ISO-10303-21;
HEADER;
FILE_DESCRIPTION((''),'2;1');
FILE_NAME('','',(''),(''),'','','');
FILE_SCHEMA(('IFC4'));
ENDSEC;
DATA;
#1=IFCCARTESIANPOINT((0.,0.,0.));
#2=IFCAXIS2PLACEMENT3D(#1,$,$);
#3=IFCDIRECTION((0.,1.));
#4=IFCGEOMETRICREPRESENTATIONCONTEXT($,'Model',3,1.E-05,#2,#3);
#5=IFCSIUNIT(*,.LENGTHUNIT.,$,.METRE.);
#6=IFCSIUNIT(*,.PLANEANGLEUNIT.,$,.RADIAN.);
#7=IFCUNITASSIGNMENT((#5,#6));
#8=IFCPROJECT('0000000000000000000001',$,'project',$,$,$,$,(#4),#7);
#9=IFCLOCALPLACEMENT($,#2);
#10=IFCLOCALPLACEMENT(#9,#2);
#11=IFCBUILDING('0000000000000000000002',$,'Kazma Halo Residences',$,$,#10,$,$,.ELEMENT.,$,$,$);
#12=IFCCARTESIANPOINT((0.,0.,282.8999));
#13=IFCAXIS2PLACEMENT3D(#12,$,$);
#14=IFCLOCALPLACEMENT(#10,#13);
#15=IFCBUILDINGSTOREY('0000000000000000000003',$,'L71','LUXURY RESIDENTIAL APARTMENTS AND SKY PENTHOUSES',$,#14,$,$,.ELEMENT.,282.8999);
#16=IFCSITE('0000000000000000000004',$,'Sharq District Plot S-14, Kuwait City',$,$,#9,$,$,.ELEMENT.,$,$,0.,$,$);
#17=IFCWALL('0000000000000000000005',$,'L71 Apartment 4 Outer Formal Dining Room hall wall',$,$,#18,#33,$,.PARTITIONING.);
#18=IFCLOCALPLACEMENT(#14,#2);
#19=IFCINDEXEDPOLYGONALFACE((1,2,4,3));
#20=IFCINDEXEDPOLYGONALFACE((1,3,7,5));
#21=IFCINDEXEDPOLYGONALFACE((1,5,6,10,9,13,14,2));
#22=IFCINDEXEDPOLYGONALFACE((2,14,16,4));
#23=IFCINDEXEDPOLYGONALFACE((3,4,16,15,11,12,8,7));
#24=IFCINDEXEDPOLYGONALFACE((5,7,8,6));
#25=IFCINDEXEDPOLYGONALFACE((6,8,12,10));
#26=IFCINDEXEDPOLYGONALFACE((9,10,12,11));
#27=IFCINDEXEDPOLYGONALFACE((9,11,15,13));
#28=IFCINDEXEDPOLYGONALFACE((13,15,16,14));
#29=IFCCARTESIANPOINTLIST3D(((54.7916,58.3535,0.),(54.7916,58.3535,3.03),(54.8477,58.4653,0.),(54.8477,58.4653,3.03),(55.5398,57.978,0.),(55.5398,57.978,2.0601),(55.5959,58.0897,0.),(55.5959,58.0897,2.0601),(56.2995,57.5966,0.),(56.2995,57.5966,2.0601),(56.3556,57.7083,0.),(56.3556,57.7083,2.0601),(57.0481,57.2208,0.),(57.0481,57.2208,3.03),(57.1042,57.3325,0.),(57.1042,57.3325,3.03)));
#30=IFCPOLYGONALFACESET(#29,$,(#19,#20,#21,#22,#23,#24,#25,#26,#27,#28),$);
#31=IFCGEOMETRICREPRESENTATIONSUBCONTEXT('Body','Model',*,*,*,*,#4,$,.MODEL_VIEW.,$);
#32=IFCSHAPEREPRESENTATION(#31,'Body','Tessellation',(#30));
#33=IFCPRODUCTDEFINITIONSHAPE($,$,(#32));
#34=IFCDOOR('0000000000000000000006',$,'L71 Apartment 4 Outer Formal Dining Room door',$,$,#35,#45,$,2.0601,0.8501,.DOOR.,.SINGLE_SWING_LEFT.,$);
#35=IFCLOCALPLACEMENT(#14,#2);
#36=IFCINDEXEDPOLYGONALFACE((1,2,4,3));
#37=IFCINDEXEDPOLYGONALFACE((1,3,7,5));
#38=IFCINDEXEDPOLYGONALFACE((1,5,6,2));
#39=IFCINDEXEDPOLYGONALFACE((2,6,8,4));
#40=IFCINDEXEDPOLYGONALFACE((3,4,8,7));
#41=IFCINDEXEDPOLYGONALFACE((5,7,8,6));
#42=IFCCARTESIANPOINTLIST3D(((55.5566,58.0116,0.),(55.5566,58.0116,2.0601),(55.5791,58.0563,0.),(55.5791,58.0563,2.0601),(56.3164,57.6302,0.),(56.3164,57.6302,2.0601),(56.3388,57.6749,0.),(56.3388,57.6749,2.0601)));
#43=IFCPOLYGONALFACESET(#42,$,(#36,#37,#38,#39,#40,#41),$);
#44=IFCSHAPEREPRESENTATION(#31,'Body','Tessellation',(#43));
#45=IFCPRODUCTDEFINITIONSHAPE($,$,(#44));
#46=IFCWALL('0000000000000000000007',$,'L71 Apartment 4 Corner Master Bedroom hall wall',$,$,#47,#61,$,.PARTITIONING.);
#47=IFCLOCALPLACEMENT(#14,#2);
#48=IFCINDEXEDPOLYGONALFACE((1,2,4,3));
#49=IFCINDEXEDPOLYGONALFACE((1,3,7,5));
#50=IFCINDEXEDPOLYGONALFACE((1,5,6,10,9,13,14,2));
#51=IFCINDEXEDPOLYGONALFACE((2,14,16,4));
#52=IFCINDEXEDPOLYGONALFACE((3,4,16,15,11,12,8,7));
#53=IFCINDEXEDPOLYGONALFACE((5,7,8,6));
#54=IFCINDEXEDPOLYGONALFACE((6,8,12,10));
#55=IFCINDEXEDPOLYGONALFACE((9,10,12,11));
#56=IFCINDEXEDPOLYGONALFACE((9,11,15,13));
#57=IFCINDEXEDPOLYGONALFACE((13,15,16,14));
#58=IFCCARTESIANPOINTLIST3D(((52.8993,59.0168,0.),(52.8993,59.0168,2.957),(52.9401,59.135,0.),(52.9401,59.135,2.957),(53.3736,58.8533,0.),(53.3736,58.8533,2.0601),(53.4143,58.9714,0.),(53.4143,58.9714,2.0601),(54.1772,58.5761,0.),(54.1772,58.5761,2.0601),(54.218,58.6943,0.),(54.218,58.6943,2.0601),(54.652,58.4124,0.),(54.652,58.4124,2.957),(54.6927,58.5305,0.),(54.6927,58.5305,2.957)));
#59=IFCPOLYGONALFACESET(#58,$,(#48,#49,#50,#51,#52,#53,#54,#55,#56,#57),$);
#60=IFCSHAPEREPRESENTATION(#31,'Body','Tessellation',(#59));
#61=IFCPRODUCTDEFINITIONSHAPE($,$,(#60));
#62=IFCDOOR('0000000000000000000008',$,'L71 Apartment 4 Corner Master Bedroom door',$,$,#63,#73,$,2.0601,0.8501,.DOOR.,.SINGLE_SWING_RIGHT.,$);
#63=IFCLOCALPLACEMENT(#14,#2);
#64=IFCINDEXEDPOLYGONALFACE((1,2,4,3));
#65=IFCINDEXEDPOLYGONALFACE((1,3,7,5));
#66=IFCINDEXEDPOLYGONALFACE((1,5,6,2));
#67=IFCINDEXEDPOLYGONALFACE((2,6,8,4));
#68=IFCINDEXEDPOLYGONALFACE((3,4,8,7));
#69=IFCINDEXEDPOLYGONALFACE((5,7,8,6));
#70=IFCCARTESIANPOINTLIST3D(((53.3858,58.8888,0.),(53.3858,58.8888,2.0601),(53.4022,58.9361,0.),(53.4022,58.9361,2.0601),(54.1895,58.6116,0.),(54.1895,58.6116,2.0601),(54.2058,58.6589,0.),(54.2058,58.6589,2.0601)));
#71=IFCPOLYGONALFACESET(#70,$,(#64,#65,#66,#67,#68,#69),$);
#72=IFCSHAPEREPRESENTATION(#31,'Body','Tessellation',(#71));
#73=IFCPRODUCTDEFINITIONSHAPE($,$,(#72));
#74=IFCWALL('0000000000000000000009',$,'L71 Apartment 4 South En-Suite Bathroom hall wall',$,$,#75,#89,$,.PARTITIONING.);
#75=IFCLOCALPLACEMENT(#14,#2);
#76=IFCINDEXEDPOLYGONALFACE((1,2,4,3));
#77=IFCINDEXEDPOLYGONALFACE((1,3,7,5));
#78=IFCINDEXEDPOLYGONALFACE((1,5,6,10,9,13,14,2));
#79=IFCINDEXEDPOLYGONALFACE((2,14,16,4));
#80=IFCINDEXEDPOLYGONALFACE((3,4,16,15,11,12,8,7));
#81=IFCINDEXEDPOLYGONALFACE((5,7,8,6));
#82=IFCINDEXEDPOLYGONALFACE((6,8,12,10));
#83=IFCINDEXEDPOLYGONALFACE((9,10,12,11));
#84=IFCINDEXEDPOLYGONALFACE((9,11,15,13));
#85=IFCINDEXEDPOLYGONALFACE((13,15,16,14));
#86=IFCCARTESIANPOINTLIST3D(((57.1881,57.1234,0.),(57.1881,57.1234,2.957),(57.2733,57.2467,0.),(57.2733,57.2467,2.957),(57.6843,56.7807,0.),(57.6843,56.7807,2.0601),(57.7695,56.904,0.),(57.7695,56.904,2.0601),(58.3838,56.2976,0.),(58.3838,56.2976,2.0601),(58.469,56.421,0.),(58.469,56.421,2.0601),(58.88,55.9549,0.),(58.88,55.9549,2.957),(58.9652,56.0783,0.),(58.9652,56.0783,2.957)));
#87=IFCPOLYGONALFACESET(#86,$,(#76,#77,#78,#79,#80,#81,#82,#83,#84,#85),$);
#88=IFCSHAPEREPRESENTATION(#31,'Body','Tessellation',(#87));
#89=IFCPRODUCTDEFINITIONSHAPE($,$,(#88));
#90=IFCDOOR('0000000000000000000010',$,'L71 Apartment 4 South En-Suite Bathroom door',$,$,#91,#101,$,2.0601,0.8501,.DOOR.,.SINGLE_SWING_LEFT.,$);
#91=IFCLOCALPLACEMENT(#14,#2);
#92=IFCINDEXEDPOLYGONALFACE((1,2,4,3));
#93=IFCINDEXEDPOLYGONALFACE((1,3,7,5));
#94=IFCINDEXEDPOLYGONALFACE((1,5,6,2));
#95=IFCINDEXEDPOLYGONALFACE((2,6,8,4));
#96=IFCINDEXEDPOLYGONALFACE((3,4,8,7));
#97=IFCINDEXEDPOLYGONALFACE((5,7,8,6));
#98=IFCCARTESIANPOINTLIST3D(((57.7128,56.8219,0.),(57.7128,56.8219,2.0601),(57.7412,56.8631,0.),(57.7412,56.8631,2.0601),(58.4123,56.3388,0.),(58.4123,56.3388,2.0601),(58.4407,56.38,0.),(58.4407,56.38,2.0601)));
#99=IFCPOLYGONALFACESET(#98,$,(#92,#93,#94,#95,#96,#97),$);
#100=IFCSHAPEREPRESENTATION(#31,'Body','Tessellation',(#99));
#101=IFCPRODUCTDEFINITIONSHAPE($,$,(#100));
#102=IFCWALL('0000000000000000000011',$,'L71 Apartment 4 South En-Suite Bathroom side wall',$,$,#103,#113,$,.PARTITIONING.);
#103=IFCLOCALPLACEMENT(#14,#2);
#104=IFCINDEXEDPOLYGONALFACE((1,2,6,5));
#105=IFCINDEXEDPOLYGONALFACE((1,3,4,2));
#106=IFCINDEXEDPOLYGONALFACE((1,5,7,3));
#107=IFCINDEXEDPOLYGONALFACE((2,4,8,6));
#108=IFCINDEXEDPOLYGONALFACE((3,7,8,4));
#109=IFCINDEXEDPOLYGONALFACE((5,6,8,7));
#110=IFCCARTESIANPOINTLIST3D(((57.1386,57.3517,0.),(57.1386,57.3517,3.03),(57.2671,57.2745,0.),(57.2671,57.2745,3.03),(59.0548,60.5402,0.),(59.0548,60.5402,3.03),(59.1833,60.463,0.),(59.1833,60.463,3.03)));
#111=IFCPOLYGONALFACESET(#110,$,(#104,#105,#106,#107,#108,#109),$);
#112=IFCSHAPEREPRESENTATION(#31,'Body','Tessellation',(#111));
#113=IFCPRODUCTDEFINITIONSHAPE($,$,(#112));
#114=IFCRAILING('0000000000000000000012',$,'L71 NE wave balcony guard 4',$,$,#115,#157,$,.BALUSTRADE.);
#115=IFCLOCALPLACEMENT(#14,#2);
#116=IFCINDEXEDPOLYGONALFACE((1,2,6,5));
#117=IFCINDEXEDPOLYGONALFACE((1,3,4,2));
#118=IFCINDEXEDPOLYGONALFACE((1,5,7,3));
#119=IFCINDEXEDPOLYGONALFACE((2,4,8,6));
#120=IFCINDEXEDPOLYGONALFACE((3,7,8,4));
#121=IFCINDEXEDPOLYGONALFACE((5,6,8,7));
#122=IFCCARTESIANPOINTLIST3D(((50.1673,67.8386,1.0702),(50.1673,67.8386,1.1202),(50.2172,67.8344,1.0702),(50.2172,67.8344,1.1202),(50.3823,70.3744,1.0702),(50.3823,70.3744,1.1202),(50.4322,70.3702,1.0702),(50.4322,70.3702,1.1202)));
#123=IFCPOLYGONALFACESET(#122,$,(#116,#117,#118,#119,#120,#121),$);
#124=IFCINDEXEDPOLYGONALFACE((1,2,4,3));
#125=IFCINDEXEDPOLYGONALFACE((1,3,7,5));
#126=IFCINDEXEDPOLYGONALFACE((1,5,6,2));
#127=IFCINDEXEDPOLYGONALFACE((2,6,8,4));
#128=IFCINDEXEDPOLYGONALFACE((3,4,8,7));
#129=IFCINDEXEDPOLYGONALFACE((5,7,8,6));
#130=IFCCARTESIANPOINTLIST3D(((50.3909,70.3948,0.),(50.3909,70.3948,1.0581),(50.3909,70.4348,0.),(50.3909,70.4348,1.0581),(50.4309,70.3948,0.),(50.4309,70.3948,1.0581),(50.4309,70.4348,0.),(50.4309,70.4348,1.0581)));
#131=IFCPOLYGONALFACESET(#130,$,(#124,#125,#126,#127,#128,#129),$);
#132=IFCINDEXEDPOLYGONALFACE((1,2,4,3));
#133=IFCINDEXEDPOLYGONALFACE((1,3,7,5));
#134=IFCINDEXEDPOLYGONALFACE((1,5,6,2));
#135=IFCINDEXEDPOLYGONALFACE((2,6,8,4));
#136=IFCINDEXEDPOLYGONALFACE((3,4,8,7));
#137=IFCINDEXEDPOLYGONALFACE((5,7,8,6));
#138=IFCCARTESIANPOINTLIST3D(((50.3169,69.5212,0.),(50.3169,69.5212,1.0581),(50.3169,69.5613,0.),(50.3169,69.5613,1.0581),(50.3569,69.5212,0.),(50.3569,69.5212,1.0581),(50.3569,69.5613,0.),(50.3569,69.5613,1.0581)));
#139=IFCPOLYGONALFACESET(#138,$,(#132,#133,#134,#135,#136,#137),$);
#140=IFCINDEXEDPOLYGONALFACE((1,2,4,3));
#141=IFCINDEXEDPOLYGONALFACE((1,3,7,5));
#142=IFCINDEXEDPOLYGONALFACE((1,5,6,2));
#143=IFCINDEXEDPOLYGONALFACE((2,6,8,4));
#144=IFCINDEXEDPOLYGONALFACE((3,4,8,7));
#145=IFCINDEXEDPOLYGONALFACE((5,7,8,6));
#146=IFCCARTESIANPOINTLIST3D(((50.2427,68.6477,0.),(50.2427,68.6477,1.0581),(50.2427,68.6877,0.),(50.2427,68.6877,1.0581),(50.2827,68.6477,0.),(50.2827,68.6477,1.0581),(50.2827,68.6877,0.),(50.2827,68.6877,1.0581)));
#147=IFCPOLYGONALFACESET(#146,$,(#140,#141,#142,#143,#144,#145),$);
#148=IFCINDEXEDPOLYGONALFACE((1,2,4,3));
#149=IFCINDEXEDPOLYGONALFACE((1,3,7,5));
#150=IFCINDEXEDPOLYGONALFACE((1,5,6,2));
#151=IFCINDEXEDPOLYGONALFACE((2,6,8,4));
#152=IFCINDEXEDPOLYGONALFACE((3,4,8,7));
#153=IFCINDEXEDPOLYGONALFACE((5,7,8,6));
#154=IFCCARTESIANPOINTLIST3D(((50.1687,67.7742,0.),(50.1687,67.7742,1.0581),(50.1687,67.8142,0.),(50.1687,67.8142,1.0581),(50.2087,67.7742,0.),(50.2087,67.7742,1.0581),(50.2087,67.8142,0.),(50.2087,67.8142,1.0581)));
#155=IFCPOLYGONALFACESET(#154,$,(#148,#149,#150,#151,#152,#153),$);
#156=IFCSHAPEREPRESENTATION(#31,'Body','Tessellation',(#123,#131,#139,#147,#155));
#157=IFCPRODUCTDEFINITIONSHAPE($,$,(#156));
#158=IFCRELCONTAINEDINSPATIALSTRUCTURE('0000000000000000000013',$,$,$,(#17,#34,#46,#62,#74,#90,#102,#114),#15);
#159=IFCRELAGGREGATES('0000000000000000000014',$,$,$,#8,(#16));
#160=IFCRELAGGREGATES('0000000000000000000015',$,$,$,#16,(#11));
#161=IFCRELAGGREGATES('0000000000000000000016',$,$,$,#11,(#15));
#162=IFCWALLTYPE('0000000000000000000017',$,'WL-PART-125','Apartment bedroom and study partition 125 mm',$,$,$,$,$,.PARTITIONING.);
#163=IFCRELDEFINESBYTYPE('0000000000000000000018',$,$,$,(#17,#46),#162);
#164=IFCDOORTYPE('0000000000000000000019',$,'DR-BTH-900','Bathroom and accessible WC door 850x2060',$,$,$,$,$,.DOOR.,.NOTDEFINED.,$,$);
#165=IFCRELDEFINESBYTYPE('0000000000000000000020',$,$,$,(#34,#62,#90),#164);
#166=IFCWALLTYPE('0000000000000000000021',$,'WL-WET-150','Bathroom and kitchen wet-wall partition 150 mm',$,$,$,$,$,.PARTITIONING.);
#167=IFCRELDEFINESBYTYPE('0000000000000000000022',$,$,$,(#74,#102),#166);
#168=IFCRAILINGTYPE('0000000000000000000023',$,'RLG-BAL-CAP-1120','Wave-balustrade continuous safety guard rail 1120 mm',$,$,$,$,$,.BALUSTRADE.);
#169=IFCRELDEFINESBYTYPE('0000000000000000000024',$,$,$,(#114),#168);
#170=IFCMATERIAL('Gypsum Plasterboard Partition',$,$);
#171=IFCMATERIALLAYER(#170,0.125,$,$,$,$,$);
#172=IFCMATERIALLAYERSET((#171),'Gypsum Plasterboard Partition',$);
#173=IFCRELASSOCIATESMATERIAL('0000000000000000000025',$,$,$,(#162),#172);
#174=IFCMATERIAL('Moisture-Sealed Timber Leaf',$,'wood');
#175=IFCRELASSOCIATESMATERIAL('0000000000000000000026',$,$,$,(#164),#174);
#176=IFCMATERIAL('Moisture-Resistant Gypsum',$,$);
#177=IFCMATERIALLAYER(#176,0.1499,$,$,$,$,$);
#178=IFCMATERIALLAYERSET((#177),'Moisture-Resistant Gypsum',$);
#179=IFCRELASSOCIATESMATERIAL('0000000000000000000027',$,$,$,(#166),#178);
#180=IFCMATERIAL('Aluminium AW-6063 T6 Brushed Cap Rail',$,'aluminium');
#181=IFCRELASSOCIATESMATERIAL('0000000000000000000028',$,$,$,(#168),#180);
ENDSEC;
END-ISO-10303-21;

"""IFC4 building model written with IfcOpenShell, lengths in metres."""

from ifc_helpers import new_model, si_unit, direction, frame, frame_2d, origin, origin_2d, place, context, subcontext, project, spatial, rectangle, extrude, material, layer, layer_set, type_object, element, fill, save


model = new_model("IFC4")

# Units and contexts
model_context = context("Model", 3, precision=1e-05, world=origin(), true_north=direction((0.0, 1.0)))
body_context = subcontext(model_context, "Body", "Model", "MODEL_VIEW")
ifc_project = project(units=[si_unit("LENGTHUNIT", "METRE"), si_unit("PLANEANGLEUNIT", "RADIAN")], contexts=[model_context])

# Site, building, storey
site_placement = place(None, origin())
site = spatial("IfcSite", under=ifc_project, at=site_placement, Name="Sharq District Plot S-14, Kuwait City", CompositionType="ELEMENT", RefElevation=0.0)
building_placement = place(site_placement, origin())
building = spatial("IfcBuilding", under=site, at=building_placement, Name="Kazma Halo Residences", CompositionType="ELEMENT")
storey_placement = place(building_placement, frame((0.0, 0.0, 282.8999)))
storey = spatial("IfcBuildingStorey", under=building, at=storey_placement, Name="L71", Description="LUXURY RESIDENTIAL APARTMENTS AND SKY PENTHOUSES", CompositionType="ELEMENT", Elevation=282.8999)

# Shared definitions
ifc_material_1 = material(Name="Gypsum Plasterboard Partition")
ifc_layer_1 = layer(ifc_material_1, 0.125)
ifc_layer_set_1 = layer_set([ifc_layer_1], Name="Gypsum Plasterboard Partition")
wall_type_1 = type_object("IfcWallType", Name="WL-PART-125", Description="Apartment bedroom and study partition 125 mm", PredefinedType="PARTITIONING", material=ifc_layer_set_1)

# Shared definitions
ifc_material_2 = material(Name="Moisture-Sealed Timber Leaf", Category="wood")
door_type_1 = type_object("IfcDoorType", Name="DR-BTH-900", Description="Bathroom and accessible WC door 850x2060", OperationType="NOTDEFINED", PredefinedType="DOOR", material=ifc_material_2)

# Walls, openings, doors
wall_1_placement = place(storey_placement, frame((57.0762, 57.2766, 0.0), z_axis=(0.0, 0.0, 1.0), x_axis=(-0.893711, 0.448644, 0.0)))
wall_1 = element("IfcWall", 1, at=wall_1_placement, inside=storey, type_object=wall_type_1, Name="L71 Apartment 4 Outer Formal Dining Room hall wall", PredefinedType="PARTITIONING", context=body_context, shape_type="SweptSolid", body=[
    extrude(rectangle(XDim=2.5249, YDim=0.125, at=frame_2d((1.2625, 0.0))), origin(), (0.0, 0.0, 1.0), 3.03),
])
opening_1_placement = place(wall_1_placement, frame((0.8376, 0.0, 0.0)))
opening_1 = element("IfcOpeningElement", 2, at=opening_1_placement, cuts=wall_1, PredefinedType="OPENING", context=body_context, shape_type="SweptSolid", body=[
    extrude(rectangle(XDim=0.8501, YDim=2.0601, at=frame_2d((0.425, 1.03))), frame((0.0, 0.0725, 0.0), z_axis=(0.0, -1.0, 0.0), x_axis=(1.0, 0.0, 0.0)), (0.0, 0.0, 1.0), 0.145),
])
door_1_placement = place(opening_1_placement, origin())
door_1 = element("IfcDoor", 3, at=door_1_placement, inside=storey, type_object=door_type_1, Name="L71 Apartment 4 Outer Formal Dining Room door", OperationType="SINGLE_SWING_LEFT", OverallHeight=2.0601, OverallWidth=0.8501, PredefinedType="DOOR", context=body_context, shape_type="SweptSolid", body=[
    extrude(rectangle(XDim=0.8501, YDim=2.0601, at=frame_2d((0.425, 1.03))), frame((0.0, 0.0249, 0.0), z_axis=(0.0, -1.0, 0.0), x_axis=(1.0, 0.0, 0.0)), (0.0, 0.0, 1.0), 0.05),
])
fill(opening_1, door_1)
wall_2_placement = place(storey_placement, frame((54.6724, 58.4714, 0.0), z_axis=(0.0, 0.0, 1.0), x_axis=(-0.945353, 0.326047, 0.0)))
wall_2 = element("IfcWall", 4, at=wall_2_placement, inside=storey, type_object=wall_type_1, Name="L71 Apartment 4 Corner Master Bedroom hall wall", PredefinedType="PARTITIONING", context=body_context, shape_type="SweptSolid", body=[
    extrude(rectangle(XDim=1.854, YDim=0.125, at=frame_2d((0.927, 0.0))), origin(), (0.0, 0.0, 1.0), 2.957),
])
opening_2_placement = place(wall_2_placement, frame((0.5022, 0.0, 0.0)))
opening_2 = element("IfcOpeningElement", 5, at=opening_2_placement, cuts=wall_2, PredefinedType="OPENING", context=body_context, shape_type="SweptSolid", body=[
    extrude(rectangle(XDim=0.8501, YDim=2.0601, at=frame_2d((0.425, 1.03))), frame((0.0, 0.0725, 0.0), z_axis=(0.0, -1.0, 0.0), x_axis=(1.0, 0.0, 0.0)), (0.0, 0.0, 1.0), 0.145),
])
door_2_placement = place(opening_2_placement, origin())
door_2 = element("IfcDoor", 6, at=door_2_placement, inside=storey, type_object=door_type_1, Name="L71 Apartment 4 Corner Master Bedroom door", OperationType="SINGLE_SWING_RIGHT", OverallHeight=2.0601, OverallWidth=0.8501, PredefinedType="DOOR", context=body_context, shape_type="SweptSolid", body=[
    extrude(rectangle(XDim=0.8501, YDim=2.0601, at=frame_2d((0.425, 1.03))), frame((0.0, 0.0249, 0.0), z_axis=(0.0, -1.0, 0.0), x_axis=(1.0, 0.0, 0.0)), (0.0, 0.0, 1.0), 0.05),
])
fill(opening_2, door_2)
ifc_material_3 = material(Name="Moisture-Resistant Gypsum")
ifc_layer_2 = layer(ifc_material_3, 0.1499)
ifc_layer_set_2 = layer_set([ifc_layer_2], Name="Moisture-Resistant Gypsum")
wall_type_2 = type_object("IfcWallType", Name="WL-WET-150", Description="Bathroom and kitchen wet-wall partition 150 mm", PredefinedType="PARTITIONING", material=ifc_layer_set_2)
wall_3_placement = place(storey_placement, frame((58.9226, 56.0166, 0.0), z_axis=(0.0, 0.0, 1.0), x_axis=(-0.822841, 0.568271, 0.0)))
wall_3 = element("IfcWall", 7, at=wall_3_placement, inside=storey, type_object=wall_type_2, Name="L71 Apartment 4 South En-Suite Bathroom hall wall", PredefinedType="PARTITIONING", context=body_context, shape_type="SweptSolid", body=[
    extrude(rectangle(XDim=2.0562, YDim=0.1499, at=frame_2d((1.0281, 0.0))), origin(), (0.0, 0.0, 1.0), 2.957),
])
opening_3_placement = place(wall_3_placement, frame((0.603, 0.0, 0.0)))
opening_3 = element("IfcOpeningElement", 8, at=opening_3_placement, cuts=wall_3, PredefinedType="OPENING", context=body_context, shape_type="SweptSolid", body=[
    extrude(rectangle(XDim=0.8501, YDim=2.0601, at=frame_2d((0.425, 1.03))), frame((0.0, 0.085, 0.0), z_axis=(0.0, -1.0, 0.0), x_axis=(1.0, 0.0, 0.0)), (0.0, 0.0, 1.0), 0.1699),
])
door_3_placement = place(opening_3_placement, origin())
door_3 = element("IfcDoor", 9, at=door_3_placement, inside=storey, type_object=door_type_1, Name="L71 Apartment 4 South En-Suite Bathroom door", OperationType="SINGLE_SWING_LEFT", OverallHeight=2.0601, OverallWidth=0.8501, PredefinedType="DOOR", context=body_context, shape_type="SweptSolid", body=[
    extrude(rectangle(XDim=0.8501, YDim=2.0601, at=frame_2d((0.425, 1.03))), frame((0.0, 0.0249, 0.0), z_axis=(0.0, -1.0, 0.0), x_axis=(1.0, 0.0, 0.0)), (0.0, 0.0, 1.0), 0.05),
])
fill(opening_3, door_3)

# Wall
wall_4_placement = place(storey_placement, frame((57.2029, 57.3132, 0.0), z_axis=(0.0, 0.0, 1.0), x_axis=(0.515123, 0.857116, 0.0)))
element("IfcWall", 10, at=wall_4_placement, inside=storey, type_object=wall_type_2, Name="L71 Apartment 4 South En-Suite Bathroom side wall", PredefinedType="PARTITIONING", context=body_context, shape_type="SweptSolid", body=[
    extrude(rectangle(XDim=3.72, YDim=0.1499, at=frame_2d((1.8599, 0.0))), origin(), (0.0, 0.0, 1.0), 3.03),
])

# Railing
ifc_material_4 = material(Name="Aluminium AW-6063 T6 Brushed Cap Rail", Category="aluminium")
railing_type = type_object("IfcRailingType", Name="RLG-BAL-CAP-1120", Description="Wave-balustrade continuous safety guard rail 1120 mm", PredefinedType="BALUSTRADE", material=ifc_material_4)
railing_1_placement = place(storey_placement, frame((50.4109, 70.4148, 0.0)))
element("IfcRailing", 11, at=railing_1_placement, inside=storey, type_object=railing_type, Name="L71 NE wave balcony guard 4", PredefinedType="BALUSTRADE", context=body_context, shape_type="SweptSolid", body=[
    extrude(rectangle(XDim=0.05, YDim=0.05, at=origin_2d()), frame((-0.0037, -0.0425, 1.0952), z_axis=(-0.084474, -0.996426, 0.0), x_axis=(0.996426, -0.084474, 0.0)), (0.0, 0.0, 1.0), 2.5449),
    extrude(rectangle(XDim=0.04, YDim=0.04, at=origin_2d()), origin(), (0.0, 0.0, 1.0), 1.0581),
    extrude(rectangle(XDim=0.04, YDim=0.04, at=origin_2d()), frame((-0.074, -0.8735, 0.0)), (0.0, 0.0, 1.0), 1.0581),
    extrude(rectangle(XDim=0.04, YDim=0.04, at=origin_2d()), frame((-0.1482, -1.7471, 0.0)), (0.0, 0.0, 1.0), 1.0581),
    extrude(rectangle(XDim=0.04, YDim=0.04, at=origin_2d()), frame((-0.2222, -2.6206, 0.0)), (0.0, 0.0, 1.0), 1.0581),
])

save(model, "model.ifc")
